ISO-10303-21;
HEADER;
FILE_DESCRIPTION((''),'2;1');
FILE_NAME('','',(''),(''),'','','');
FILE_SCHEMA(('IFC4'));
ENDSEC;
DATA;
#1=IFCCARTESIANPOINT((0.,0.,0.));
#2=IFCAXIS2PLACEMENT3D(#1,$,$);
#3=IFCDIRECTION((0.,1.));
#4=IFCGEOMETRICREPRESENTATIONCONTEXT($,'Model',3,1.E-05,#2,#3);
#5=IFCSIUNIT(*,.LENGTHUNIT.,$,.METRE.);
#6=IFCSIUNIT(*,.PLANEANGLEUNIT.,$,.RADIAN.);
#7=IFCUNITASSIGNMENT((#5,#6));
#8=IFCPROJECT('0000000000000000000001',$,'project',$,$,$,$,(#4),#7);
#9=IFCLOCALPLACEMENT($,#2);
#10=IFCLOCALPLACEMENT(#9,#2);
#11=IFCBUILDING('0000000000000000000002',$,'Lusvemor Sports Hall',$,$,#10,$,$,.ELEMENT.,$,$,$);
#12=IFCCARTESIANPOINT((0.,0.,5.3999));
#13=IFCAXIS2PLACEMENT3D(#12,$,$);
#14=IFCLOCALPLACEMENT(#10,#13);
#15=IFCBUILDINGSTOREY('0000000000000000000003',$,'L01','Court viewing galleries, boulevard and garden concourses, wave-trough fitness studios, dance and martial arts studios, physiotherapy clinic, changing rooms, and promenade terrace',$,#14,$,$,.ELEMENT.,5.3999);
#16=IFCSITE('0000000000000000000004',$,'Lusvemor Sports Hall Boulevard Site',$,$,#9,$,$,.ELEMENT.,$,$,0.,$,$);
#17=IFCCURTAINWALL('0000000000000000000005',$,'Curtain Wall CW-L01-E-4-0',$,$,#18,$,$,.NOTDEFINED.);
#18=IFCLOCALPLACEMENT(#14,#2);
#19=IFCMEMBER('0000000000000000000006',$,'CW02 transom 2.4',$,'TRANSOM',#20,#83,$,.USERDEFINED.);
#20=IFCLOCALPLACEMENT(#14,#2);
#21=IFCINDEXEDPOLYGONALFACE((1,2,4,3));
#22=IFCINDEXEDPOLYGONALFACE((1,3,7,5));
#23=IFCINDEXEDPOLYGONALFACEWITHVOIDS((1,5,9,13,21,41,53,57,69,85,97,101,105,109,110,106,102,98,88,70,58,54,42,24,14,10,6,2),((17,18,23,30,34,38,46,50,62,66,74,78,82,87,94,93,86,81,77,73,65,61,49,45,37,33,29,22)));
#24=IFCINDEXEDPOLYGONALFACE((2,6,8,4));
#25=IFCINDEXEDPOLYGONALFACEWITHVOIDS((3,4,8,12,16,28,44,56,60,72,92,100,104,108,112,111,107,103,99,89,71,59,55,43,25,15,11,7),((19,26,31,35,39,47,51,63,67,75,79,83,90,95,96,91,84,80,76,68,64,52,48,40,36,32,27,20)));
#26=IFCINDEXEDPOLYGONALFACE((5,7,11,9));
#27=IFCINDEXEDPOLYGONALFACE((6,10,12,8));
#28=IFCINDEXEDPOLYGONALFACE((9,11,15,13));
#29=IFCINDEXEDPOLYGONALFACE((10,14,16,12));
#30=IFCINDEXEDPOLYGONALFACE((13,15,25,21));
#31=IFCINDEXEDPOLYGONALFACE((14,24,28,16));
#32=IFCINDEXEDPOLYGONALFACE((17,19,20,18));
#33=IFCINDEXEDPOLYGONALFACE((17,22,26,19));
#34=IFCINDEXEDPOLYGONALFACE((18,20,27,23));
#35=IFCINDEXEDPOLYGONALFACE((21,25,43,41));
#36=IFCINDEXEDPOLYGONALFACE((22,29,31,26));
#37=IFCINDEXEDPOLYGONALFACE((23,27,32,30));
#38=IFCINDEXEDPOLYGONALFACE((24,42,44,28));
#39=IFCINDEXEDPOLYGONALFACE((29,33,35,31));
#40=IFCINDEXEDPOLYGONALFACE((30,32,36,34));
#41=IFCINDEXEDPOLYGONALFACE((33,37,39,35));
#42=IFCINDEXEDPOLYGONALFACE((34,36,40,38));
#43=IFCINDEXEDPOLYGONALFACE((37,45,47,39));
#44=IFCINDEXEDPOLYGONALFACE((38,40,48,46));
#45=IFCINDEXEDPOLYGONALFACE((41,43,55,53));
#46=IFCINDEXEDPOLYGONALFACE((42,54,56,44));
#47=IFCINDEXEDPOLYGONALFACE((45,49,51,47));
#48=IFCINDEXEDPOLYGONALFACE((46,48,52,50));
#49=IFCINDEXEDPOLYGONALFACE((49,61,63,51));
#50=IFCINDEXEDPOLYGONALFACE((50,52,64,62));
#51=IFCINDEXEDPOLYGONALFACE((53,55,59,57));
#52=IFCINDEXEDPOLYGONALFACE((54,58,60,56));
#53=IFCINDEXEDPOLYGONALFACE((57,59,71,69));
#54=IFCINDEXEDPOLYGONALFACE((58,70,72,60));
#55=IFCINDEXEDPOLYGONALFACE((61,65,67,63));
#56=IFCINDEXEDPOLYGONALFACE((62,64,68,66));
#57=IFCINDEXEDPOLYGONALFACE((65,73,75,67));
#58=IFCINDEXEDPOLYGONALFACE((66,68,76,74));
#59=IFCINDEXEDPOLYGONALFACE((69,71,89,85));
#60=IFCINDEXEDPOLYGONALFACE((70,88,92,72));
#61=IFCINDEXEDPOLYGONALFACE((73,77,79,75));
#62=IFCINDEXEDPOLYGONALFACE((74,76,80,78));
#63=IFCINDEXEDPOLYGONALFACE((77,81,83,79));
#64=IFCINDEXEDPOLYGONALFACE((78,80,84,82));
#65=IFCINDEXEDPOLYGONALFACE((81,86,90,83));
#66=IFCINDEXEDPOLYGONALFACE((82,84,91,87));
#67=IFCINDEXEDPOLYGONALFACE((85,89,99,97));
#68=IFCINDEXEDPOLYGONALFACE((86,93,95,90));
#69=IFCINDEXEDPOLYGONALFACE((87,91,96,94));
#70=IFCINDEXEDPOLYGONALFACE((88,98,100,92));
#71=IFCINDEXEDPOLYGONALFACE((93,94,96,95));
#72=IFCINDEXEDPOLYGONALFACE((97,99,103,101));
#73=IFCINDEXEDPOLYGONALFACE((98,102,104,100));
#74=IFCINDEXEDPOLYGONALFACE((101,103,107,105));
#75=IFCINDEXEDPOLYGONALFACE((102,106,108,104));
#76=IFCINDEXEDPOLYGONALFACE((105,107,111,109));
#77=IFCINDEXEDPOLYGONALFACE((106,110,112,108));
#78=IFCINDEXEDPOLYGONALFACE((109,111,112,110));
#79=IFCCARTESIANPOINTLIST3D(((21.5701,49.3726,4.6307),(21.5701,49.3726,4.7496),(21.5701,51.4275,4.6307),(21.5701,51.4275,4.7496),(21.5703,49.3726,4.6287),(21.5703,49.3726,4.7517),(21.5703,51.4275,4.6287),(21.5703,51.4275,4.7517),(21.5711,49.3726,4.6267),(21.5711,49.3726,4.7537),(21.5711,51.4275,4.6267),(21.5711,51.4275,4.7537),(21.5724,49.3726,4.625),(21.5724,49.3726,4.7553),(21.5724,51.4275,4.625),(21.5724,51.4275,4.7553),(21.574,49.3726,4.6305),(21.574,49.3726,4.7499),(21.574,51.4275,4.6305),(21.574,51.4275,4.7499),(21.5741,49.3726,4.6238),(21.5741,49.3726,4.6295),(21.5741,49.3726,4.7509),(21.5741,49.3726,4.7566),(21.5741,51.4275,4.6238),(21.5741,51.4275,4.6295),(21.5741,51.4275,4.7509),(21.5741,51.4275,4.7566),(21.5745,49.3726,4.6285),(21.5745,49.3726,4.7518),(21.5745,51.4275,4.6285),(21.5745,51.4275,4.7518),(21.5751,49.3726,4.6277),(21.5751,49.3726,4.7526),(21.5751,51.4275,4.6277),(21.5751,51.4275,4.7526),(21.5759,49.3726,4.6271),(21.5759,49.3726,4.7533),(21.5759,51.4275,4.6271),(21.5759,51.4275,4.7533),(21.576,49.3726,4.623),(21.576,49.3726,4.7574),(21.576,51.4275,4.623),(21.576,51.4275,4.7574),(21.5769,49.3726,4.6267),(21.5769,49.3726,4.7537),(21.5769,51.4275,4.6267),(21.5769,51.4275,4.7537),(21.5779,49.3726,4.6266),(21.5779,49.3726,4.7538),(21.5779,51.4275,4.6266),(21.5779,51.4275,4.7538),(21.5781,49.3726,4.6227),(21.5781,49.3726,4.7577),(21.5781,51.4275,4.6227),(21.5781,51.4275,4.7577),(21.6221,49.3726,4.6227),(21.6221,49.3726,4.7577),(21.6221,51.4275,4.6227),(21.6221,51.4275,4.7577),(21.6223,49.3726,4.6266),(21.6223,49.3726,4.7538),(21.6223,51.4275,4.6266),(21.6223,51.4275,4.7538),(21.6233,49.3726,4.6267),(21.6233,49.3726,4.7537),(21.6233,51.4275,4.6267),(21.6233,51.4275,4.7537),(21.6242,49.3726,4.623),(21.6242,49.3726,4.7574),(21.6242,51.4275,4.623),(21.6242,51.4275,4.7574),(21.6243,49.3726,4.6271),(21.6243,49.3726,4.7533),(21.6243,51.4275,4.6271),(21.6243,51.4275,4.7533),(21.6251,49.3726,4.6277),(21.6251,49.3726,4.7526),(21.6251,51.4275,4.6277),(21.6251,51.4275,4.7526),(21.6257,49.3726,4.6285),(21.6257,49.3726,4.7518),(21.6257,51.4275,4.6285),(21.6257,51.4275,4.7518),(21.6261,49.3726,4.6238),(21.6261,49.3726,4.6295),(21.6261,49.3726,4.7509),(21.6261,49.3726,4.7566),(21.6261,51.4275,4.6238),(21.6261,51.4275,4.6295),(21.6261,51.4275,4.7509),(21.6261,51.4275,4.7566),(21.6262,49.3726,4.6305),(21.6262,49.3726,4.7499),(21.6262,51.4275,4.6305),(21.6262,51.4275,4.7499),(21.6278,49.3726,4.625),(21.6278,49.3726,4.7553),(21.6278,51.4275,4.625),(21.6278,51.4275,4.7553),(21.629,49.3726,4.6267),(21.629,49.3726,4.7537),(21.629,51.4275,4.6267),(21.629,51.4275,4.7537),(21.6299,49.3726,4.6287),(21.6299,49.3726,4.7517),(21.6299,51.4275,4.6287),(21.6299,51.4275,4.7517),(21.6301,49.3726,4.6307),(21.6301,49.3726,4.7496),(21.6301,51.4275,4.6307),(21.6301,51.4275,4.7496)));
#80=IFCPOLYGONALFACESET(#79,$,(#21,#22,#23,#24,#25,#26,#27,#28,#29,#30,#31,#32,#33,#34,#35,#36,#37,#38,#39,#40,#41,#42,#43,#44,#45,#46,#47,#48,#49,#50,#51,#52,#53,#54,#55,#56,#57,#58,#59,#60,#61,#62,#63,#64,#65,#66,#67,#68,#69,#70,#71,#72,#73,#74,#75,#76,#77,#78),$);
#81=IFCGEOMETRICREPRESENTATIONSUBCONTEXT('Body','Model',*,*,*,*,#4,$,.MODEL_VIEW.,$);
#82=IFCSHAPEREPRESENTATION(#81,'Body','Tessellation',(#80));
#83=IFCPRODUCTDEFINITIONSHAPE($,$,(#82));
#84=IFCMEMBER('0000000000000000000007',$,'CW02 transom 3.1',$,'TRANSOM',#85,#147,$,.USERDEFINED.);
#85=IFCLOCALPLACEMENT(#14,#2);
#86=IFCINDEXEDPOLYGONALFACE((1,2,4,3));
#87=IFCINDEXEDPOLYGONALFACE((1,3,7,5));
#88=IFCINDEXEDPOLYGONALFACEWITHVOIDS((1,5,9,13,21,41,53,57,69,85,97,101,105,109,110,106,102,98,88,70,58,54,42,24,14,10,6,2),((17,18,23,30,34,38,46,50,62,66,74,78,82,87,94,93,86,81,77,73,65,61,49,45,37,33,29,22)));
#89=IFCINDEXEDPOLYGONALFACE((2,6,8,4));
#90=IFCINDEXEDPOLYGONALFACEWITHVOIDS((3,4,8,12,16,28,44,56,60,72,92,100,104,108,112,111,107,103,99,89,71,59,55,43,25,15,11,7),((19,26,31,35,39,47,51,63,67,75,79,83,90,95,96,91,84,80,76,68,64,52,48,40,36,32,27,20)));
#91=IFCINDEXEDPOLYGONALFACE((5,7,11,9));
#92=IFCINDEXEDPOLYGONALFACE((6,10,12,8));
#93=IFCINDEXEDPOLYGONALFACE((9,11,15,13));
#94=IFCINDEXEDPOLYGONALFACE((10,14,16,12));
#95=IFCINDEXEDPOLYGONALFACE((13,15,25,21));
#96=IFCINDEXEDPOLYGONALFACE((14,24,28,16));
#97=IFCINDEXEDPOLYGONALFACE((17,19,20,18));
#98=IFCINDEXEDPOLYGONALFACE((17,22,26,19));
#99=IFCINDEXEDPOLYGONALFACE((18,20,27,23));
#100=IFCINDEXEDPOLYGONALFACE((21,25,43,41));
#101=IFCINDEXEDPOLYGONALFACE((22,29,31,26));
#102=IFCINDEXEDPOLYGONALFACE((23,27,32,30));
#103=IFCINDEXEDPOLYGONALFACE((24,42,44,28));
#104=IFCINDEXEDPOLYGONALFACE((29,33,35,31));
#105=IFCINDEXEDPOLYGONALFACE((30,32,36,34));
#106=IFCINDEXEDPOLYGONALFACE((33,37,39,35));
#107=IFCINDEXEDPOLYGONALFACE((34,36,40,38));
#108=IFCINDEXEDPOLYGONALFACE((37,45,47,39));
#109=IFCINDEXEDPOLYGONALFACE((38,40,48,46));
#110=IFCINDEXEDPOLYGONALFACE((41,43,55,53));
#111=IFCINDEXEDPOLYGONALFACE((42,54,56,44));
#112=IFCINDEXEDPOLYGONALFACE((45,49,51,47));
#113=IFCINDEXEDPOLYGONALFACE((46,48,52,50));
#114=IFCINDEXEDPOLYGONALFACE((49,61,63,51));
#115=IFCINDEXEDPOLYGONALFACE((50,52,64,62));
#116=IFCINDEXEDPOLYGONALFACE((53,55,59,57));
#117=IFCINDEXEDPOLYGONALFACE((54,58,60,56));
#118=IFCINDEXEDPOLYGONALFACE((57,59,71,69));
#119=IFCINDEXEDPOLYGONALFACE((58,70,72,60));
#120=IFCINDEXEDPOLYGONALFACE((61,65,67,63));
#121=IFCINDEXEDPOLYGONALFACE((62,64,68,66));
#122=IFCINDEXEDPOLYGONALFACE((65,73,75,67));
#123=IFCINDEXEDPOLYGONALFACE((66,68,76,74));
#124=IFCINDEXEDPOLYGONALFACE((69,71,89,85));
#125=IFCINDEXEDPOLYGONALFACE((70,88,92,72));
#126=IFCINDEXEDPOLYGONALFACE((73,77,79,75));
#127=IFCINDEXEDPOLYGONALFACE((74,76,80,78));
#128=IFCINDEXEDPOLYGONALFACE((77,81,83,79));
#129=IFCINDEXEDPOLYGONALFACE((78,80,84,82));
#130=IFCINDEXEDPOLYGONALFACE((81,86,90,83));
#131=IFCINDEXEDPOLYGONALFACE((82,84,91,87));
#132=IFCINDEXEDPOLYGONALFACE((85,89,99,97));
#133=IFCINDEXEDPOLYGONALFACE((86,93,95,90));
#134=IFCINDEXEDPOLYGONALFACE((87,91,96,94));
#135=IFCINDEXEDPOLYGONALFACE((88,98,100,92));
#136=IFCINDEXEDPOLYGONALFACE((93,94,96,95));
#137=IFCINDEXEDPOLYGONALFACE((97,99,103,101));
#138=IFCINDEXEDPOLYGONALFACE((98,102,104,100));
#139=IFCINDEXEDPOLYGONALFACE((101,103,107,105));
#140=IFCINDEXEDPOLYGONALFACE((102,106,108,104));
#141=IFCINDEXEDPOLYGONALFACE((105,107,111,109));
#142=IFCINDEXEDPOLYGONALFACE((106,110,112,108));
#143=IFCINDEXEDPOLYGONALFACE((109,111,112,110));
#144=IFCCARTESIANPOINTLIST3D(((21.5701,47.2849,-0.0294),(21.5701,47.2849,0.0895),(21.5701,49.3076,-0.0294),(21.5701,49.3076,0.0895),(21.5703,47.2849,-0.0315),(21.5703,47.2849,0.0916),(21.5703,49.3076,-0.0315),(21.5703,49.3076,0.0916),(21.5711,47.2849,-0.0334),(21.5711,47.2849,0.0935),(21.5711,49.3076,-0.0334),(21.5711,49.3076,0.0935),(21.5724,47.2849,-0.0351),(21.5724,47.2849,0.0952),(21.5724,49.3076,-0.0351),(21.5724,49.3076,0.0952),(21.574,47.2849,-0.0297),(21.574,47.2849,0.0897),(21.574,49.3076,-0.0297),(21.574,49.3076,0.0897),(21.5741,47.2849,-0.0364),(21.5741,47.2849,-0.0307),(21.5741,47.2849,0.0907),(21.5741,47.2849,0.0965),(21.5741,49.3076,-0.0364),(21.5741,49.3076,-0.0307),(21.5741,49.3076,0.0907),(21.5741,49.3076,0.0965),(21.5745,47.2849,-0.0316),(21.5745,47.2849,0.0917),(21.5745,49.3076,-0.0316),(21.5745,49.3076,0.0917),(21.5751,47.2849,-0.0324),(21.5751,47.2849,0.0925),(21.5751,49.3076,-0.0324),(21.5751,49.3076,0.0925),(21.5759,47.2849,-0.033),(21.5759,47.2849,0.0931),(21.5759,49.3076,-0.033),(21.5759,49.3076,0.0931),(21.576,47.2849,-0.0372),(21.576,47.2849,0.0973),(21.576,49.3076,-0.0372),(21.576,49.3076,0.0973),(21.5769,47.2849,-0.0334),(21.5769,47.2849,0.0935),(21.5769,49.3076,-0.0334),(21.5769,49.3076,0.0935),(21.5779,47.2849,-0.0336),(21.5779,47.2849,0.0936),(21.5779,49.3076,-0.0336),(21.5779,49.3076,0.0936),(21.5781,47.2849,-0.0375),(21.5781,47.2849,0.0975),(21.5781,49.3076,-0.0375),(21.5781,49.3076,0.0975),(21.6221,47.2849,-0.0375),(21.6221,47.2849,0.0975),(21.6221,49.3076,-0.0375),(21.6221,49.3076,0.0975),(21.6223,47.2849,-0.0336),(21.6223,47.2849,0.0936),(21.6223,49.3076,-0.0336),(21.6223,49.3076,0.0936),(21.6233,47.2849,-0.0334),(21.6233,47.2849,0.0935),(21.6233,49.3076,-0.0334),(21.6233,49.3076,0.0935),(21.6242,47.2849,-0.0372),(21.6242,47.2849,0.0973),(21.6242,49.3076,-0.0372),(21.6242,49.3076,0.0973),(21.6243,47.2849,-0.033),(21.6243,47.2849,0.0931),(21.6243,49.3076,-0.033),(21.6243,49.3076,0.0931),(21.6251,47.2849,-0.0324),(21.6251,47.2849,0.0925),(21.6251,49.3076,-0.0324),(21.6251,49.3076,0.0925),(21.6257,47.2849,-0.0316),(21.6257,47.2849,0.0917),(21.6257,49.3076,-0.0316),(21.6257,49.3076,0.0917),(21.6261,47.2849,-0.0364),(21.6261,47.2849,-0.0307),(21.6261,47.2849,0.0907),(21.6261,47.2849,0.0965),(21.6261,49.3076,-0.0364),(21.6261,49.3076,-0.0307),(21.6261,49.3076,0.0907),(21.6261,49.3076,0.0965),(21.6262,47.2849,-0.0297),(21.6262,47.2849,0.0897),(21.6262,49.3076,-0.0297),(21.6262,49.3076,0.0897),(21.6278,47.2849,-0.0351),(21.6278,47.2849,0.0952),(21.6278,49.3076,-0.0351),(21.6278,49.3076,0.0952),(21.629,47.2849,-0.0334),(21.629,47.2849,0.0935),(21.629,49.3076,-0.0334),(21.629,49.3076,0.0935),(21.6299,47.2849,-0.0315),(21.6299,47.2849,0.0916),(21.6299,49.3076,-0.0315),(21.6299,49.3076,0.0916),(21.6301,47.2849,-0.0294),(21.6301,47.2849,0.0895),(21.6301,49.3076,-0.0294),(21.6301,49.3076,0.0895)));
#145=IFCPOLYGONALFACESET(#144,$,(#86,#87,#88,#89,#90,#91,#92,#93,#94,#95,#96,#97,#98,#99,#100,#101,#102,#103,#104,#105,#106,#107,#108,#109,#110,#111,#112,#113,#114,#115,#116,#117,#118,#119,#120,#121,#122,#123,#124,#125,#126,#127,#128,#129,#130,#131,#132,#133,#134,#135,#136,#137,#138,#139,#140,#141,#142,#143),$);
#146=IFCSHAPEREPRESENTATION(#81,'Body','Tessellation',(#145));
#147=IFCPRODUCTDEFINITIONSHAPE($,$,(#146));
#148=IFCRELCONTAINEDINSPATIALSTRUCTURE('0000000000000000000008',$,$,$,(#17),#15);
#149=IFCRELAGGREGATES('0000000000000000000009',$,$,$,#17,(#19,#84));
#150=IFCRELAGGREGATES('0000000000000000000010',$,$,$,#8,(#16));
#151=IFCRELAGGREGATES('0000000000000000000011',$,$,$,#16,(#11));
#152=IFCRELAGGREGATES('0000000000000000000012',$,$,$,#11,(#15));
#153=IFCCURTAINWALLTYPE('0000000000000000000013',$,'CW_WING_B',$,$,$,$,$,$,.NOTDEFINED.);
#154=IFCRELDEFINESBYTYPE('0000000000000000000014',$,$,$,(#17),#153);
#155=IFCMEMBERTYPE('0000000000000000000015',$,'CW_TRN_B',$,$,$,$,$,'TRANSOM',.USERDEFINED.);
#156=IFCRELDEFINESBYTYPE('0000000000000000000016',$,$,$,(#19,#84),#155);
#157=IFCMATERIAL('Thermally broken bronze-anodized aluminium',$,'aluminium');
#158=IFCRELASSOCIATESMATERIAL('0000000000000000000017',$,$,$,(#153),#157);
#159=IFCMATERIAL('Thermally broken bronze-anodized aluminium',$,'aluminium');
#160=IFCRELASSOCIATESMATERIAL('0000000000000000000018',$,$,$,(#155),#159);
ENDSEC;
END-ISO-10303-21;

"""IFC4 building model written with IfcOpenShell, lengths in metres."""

from ifc_helpers import new_model, si_unit, direction, frame, origin, origin_2d, place, context, subcontext, project, spatial, hollow_rectangle, extrude, material, material_profile, profile_set, type_object, element, aggregate, save


model = new_model("IFC4")

# Units and contexts
model_context = context("Model", 3, precision=1e-05, world=origin(), true_north=direction((0.0, 1.0)))
body_context = subcontext(model_context, "Body", "Model", "MODEL_VIEW")
ifc_project = project(units=[si_unit("LENGTHUNIT", "METRE"), si_unit("PLANEANGLEUNIT", "RADIAN")], contexts=[model_context])

# Site, building, storey
site_placement = place(None, origin())
site = spatial("IfcSite", under=ifc_project, at=site_placement, Name="Lusvemor Sports Hall Boulevard Site", CompositionType="ELEMENT", RefElevation=0.0)
building_placement = place(site_placement, origin())
building = spatial("IfcBuilding", under=site, at=building_placement, Name="Lusvemor Sports Hall", CompositionType="ELEMENT")
storey_placement = place(building_placement, frame((0.0, 0.0, 5.3999)))
storey = spatial("IfcBuildingStorey", under=building, at=storey_placement, Name="L01", Description="Court viewing galleries, boulevard and garden concourses, wave-trough fitness studios, dance and martial arts studios, physiotherapy clinic, changing rooms, and promenade terrace", CompositionType="ELEMENT", Elevation=5.3999)

# Shared definitions
ifc_material_1 = material(Name="Thermally broken bronze-anodized aluminium", Category="aluminium")
curtain_wall_type = type_object("IfcCurtainWallType", Name="CW_WING_B", PredefinedType="NOTDEFINED", material=ifc_material_1)

# Curtain wall, members
curtain_wall_1_placement = place(storey_placement, origin())
curtain_wall_1 = element("IfcCurtainWall", 1, at=curtain_wall_1_placement, inside=storey, type_object=curtain_wall_type, Name="Curtain Wall CW-L01-E-4-0", PredefinedType="NOTDEFINED")
ifc_material_2 = material(Name="Thermally broken bronze-anodized aluminium", Category="aluminium")
ifc_material_profile_1 = material_profile(ifc_material_2, hollow_rectangle(XDim=0.0601, YDim=0.135, WallThickness=0.0039, InnerFilletRadius=0.0039, OuterFilletRadius=0.0081, at=origin_2d()), Name="CWTRN135x60x4")
ifc_profile_set_1 = profile_set([ifc_material_profile_1], Name="Thermally broken bronze-anodized aluminium")
member_type_1 = type_object("IfcMemberType", Name="CW_TRN_B", ElementType="TRANSOM", PredefinedType="USERDEFINED", material=ifc_profile_set_1)
member_1_placement = place(storey_placement, frame((21.6001, 51.4275, 4.6902), z_axis=(0.0, -1.0, 0.0), x_axis=(1.0, 0.0, 0.0)))
member_1 = element("IfcMember", 2, at=member_1_placement, type_object=member_type_1, Name="CW02 transom 2.4", ObjectType="TRANSOM", PredefinedType="USERDEFINED", context=body_context, shape_type="SweptSolid", body=[
    extrude(hollow_rectangle(XDim=0.0601, YDim=0.135, WallThickness=0.0039, InnerFilletRadius=0.0039, OuterFilletRadius=0.0081, at=origin_2d()), origin(), (0.0, 0.0, 1.0), 2.0549),
])
member_2_placement = place(storey_placement, frame((21.6001, 49.3076, 0.03), z_axis=(0.0, -1.0, 0.0), x_axis=(1.0, 0.0, 0.0)))
member_2 = element("IfcMember", 3, at=member_2_placement, type_object=member_type_1, Name="CW02 transom 3.1", ObjectType="TRANSOM", PredefinedType="USERDEFINED", context=body_context, shape_type="SweptSolid", body=[
    extrude(hollow_rectangle(XDim=0.0601, YDim=0.135, WallThickness=0.0039, InnerFilletRadius=0.0039, OuterFilletRadius=0.0081, at=origin_2d()), origin(), (0.0, 0.0, 1.0), 2.0227),
])

aggregate(curtain_wall_1, [member_1, member_2])

save(model, "model.ifc")
